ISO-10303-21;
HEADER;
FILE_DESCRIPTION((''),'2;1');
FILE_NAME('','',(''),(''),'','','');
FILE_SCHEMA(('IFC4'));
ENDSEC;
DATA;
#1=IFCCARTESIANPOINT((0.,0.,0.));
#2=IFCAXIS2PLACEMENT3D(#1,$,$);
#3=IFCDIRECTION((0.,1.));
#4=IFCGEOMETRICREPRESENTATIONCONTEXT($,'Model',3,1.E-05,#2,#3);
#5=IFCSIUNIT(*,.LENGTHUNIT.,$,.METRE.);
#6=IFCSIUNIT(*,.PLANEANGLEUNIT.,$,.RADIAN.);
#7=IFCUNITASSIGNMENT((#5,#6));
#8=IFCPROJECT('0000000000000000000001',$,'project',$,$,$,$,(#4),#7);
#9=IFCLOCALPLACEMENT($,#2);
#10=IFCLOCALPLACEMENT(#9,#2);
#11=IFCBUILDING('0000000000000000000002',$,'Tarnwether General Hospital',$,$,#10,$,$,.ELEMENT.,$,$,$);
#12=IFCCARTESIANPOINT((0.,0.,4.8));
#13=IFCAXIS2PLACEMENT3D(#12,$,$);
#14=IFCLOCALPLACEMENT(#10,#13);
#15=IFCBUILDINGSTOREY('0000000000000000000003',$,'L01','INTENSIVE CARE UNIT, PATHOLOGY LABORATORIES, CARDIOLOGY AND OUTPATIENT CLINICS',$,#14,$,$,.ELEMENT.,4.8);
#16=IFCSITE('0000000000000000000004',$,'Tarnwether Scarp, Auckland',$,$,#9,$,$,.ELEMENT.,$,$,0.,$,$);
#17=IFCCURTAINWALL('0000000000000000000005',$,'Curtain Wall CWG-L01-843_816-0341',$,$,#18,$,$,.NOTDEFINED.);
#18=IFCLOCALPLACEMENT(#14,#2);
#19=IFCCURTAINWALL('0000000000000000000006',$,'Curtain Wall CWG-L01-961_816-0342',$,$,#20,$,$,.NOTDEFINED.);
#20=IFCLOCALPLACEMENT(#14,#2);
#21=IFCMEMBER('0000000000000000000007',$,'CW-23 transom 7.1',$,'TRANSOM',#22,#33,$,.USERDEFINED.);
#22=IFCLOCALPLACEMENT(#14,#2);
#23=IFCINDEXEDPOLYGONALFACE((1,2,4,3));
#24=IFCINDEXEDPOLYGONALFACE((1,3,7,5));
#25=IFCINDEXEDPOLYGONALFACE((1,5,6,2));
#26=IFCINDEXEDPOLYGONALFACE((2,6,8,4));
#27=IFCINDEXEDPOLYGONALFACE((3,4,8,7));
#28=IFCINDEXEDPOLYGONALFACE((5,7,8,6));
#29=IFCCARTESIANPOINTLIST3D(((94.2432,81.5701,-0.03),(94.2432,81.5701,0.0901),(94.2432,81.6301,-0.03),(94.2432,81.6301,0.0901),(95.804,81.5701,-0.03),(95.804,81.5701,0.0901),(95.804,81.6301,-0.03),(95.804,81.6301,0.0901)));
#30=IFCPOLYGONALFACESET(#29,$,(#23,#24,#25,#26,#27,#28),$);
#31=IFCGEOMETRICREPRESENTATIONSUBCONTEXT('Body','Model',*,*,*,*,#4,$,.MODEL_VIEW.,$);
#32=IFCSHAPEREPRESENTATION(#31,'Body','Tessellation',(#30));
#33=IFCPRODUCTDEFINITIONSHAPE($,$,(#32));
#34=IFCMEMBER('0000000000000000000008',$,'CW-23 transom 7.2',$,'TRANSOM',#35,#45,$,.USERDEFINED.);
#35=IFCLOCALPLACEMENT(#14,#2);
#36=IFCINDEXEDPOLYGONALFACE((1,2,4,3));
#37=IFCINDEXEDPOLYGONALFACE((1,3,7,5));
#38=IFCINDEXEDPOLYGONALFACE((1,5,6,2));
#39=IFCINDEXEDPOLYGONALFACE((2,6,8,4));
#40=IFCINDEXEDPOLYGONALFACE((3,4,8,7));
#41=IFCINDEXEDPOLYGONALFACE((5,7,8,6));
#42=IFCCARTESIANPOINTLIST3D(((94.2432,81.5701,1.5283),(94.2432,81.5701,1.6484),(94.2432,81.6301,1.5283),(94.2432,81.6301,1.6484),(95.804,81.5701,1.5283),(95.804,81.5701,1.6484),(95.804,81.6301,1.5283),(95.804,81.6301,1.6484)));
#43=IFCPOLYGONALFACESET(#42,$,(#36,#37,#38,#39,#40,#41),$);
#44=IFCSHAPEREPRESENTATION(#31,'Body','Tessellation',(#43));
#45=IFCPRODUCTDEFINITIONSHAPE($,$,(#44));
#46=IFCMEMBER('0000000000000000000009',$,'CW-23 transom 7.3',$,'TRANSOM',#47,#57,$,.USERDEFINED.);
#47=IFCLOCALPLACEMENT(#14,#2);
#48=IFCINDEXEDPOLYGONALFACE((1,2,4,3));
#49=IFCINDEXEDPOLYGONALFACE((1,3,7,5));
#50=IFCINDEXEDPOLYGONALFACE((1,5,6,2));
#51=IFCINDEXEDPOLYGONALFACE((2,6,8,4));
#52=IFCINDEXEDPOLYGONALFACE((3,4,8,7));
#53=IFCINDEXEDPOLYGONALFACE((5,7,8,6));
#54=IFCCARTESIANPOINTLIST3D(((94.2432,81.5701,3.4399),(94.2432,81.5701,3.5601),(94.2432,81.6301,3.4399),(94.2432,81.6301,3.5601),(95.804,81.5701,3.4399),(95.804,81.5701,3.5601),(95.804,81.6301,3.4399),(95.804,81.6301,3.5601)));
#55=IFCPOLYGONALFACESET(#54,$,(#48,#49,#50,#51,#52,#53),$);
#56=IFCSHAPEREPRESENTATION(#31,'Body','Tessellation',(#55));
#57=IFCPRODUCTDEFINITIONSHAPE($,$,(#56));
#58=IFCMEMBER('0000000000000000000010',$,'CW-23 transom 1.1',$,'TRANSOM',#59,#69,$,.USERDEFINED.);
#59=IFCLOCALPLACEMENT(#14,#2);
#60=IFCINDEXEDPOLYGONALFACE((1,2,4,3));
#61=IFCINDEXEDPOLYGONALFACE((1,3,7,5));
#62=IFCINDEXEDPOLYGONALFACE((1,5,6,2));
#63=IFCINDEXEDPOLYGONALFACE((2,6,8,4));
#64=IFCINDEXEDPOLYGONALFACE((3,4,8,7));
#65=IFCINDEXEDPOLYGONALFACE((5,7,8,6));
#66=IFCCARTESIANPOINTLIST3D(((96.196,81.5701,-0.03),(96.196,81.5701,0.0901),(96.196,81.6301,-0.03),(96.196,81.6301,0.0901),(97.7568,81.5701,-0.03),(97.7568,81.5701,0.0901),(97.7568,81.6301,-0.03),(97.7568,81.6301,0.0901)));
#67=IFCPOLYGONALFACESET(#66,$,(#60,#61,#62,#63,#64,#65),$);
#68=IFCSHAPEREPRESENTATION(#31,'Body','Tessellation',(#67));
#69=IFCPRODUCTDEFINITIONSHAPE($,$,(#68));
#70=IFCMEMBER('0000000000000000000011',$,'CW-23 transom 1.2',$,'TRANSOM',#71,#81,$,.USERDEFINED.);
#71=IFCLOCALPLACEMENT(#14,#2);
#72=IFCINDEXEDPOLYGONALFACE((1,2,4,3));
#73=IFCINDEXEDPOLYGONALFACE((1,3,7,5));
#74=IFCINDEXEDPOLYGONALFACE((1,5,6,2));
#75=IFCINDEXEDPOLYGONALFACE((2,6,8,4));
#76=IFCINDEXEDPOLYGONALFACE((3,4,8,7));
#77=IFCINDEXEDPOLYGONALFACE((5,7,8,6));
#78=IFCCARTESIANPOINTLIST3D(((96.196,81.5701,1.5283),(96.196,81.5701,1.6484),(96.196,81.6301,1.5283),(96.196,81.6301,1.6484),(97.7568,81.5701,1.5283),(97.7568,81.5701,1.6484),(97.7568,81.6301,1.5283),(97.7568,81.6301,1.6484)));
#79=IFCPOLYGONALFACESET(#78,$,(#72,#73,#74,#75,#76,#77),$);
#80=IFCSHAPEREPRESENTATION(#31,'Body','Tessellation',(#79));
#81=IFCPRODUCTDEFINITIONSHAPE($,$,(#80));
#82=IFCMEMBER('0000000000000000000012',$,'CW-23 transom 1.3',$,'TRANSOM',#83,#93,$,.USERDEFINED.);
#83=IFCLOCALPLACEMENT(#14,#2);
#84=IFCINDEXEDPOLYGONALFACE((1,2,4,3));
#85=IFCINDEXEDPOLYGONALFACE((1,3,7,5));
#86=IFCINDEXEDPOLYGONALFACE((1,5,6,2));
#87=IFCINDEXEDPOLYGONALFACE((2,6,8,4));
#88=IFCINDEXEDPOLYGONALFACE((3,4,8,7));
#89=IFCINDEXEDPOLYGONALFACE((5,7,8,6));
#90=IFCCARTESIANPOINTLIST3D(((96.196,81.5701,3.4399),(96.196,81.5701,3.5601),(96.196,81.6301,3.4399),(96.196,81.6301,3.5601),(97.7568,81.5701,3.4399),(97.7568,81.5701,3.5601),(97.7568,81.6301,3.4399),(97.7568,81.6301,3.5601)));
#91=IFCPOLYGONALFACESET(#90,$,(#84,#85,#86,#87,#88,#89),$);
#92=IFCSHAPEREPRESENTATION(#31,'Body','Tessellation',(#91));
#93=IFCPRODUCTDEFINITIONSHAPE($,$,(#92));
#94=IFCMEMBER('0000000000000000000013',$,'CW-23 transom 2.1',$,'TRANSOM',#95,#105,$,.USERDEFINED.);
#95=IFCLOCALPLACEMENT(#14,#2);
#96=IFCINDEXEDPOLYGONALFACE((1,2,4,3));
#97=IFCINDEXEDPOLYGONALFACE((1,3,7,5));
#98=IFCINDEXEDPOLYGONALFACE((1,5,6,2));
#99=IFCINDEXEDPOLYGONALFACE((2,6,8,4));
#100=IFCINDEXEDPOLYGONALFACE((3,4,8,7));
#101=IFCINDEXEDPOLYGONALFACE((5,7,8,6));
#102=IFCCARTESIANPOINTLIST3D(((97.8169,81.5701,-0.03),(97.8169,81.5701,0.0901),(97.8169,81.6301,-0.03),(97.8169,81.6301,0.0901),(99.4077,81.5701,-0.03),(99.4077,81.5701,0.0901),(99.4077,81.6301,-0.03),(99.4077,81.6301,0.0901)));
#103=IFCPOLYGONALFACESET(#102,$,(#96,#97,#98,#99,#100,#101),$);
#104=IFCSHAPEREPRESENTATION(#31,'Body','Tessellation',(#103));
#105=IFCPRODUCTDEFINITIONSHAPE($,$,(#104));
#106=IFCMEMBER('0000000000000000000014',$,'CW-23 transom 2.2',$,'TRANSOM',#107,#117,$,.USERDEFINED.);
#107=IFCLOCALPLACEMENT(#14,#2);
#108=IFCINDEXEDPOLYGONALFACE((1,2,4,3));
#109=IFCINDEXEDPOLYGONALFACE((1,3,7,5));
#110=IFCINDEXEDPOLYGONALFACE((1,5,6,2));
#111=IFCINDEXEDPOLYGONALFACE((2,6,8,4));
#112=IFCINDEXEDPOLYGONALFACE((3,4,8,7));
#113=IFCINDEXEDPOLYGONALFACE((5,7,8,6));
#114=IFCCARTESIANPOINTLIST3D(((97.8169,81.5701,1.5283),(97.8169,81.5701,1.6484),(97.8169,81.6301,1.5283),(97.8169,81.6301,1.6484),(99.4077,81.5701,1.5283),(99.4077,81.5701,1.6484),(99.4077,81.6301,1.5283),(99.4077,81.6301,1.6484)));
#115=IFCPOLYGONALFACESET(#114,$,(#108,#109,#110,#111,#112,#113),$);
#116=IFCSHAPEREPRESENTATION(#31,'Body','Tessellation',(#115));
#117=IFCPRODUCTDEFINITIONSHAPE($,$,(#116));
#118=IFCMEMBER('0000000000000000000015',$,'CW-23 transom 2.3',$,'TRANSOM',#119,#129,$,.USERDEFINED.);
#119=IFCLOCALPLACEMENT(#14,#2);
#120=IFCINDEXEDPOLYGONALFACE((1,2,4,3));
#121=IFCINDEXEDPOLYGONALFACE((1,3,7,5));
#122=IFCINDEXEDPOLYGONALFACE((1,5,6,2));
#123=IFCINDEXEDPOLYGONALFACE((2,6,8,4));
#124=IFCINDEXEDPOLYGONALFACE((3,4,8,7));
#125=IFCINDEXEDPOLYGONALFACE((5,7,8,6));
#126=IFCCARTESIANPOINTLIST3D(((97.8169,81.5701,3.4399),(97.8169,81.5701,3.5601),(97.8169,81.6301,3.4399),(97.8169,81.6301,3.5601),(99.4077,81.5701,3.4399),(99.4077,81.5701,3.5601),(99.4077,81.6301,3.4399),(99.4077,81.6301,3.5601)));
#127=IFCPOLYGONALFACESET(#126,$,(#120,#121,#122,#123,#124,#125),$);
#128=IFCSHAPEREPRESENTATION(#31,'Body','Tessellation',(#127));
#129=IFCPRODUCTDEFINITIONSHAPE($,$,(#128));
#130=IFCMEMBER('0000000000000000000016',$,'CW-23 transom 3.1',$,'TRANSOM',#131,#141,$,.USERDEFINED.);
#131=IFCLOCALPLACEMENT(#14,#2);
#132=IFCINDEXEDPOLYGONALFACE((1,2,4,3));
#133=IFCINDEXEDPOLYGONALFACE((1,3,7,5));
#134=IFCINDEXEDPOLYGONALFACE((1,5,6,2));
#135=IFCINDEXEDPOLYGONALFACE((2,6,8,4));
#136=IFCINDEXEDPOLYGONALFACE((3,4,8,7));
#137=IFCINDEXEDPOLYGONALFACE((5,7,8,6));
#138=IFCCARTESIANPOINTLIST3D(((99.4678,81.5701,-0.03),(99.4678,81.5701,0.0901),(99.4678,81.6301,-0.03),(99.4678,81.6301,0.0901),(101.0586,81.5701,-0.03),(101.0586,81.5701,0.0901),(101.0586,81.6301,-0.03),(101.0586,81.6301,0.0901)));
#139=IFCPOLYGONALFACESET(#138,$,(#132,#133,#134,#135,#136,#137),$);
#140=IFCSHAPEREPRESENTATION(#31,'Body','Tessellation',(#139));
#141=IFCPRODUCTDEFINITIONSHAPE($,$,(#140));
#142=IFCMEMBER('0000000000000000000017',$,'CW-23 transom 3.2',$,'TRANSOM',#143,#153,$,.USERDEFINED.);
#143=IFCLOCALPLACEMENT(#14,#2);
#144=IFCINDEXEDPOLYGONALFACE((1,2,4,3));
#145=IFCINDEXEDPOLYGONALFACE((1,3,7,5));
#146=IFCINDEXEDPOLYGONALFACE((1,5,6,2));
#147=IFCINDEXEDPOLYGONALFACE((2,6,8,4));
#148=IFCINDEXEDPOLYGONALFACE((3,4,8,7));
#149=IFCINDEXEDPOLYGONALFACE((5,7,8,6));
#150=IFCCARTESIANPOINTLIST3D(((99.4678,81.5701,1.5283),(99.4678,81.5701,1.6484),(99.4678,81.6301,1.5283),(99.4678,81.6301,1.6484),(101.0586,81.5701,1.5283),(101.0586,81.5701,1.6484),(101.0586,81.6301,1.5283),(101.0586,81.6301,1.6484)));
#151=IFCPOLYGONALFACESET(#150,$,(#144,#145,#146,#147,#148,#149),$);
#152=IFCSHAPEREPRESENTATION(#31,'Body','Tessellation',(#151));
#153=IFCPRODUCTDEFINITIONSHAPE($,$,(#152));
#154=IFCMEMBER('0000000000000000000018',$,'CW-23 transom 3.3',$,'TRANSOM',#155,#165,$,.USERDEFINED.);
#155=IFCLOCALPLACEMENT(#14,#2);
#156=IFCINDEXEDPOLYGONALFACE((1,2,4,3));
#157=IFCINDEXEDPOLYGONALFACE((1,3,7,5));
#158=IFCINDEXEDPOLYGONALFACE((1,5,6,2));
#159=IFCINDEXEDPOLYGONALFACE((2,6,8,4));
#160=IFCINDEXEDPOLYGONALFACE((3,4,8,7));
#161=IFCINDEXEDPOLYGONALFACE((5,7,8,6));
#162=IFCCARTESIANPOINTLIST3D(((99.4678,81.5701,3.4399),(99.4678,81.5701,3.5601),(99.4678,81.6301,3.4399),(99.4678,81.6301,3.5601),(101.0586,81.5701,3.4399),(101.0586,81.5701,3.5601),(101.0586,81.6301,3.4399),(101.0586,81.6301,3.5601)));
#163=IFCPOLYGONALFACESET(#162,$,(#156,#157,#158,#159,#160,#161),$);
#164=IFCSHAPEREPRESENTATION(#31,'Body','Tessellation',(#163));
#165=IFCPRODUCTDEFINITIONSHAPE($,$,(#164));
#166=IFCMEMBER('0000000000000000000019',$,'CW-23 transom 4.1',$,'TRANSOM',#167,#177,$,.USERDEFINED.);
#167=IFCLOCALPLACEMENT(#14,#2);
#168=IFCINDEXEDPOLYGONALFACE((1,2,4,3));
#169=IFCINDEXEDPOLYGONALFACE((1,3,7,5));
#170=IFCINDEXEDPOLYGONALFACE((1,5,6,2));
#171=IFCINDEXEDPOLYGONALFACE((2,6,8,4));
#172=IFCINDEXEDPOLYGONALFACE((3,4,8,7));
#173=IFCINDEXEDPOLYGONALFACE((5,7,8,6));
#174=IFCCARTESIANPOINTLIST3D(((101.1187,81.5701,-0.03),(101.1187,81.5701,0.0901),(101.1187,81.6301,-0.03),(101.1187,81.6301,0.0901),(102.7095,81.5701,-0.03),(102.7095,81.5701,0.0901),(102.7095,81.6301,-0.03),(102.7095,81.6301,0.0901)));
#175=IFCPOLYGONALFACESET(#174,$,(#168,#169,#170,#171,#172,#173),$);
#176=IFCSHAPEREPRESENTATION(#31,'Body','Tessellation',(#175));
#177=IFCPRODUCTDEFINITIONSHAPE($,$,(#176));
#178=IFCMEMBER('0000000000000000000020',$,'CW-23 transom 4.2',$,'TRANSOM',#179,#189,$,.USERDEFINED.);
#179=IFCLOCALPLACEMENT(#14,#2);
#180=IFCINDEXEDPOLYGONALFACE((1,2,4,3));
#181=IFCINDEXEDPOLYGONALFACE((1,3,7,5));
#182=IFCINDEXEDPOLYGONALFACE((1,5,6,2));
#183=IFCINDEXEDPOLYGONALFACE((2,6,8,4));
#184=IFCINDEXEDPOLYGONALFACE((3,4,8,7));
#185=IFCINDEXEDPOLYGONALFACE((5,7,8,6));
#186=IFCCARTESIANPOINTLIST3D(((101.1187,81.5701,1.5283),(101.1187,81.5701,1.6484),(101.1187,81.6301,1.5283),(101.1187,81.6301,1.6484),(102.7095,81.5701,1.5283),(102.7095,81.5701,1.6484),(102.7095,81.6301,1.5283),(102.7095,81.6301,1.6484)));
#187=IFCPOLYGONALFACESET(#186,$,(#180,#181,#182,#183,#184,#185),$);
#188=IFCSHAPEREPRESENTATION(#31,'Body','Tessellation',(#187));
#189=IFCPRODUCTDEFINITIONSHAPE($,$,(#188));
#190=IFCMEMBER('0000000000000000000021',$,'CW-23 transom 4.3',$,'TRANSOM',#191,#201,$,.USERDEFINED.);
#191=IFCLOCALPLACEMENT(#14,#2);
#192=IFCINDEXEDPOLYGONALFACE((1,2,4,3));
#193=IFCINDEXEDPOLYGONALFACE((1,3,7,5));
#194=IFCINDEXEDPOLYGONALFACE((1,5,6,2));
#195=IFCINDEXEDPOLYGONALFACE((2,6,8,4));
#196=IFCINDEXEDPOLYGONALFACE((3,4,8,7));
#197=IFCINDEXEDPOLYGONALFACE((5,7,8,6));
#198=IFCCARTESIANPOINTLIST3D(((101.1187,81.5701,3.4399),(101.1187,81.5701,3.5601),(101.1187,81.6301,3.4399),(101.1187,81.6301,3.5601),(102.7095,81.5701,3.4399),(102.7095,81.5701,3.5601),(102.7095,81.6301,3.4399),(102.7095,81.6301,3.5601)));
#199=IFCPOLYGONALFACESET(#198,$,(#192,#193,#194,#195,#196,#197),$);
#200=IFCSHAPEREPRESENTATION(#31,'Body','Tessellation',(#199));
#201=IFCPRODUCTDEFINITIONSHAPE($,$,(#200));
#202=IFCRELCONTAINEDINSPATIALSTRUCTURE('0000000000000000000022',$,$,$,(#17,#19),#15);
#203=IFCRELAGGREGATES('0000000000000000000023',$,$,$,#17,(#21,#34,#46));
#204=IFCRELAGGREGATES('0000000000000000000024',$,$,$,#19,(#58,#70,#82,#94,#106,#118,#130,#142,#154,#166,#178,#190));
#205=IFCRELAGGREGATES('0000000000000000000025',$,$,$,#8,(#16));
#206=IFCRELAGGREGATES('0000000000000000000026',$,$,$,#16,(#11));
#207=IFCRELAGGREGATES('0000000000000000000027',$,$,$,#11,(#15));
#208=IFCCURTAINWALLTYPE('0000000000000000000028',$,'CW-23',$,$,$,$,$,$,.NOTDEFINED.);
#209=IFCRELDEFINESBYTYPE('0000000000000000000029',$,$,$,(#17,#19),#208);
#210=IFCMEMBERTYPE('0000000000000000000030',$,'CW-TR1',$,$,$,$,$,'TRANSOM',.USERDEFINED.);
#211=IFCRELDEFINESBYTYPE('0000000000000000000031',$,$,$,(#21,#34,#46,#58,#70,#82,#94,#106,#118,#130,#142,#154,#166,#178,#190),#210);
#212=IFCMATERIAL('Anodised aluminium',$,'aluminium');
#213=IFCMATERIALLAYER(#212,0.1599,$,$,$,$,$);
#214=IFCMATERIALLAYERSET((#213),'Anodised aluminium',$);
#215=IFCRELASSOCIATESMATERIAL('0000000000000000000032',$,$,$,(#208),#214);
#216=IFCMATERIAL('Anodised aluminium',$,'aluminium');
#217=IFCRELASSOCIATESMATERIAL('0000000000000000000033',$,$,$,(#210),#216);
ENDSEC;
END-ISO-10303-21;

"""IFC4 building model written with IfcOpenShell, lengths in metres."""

from ifc_helpers import new_model, si_unit, direction, frame, origin, origin_2d, place, context, subcontext, project, spatial, rectangle, extrude, material, layer, layer_set, material_profile, profile_set, type_object, element, aggregate, save


model = new_model("IFC4")

# Units and contexts
model_context = context("Model", 3, precision=1e-05, world=origin(), true_north=direction((0.0, 1.0)))
body_context = subcontext(model_context, "Body", "Model", "MODEL_VIEW")
ifc_project = project(units=[si_unit("LENGTHUNIT", "METRE"), si_unit("PLANEANGLEUNIT", "RADIAN")], contexts=[model_context])

# Site, building, storey
site_placement = place(None, origin())
site = spatial("IfcSite", under=ifc_project, at=site_placement, Name="Tarnwether Scarp, Auckland", CompositionType="ELEMENT", RefElevation=0.0)
building_placement = place(site_placement, origin())
building = spatial("IfcBuilding", under=site, at=building_placement, Name="Tarnwether General Hospital", CompositionType="ELEMENT")
storey_placement = place(building_placement, frame((0.0, 0.0, 4.8)))
storey = spatial("IfcBuildingStorey", under=building, at=storey_placement, Name="L01", Description="INTENSIVE CARE UNIT, PATHOLOGY LABORATORIES, CARDIOLOGY AND OUTPATIENT CLINICS", CompositionType="ELEMENT", Elevation=4.8)

# Curtain walls
ifc_material_1 = material(Name="Anodised aluminium", Category="aluminium")
ifc_layer_1 = layer(ifc_material_1, 0.1599)
ifc_layer_set_1 = layer_set([ifc_layer_1], Name="Anodised aluminium")
curtain_wall_type = type_object("IfcCurtainWallType", Name="CW-23", PredefinedType="NOTDEFINED", material=ifc_layer_set_1)
curtain_wall_1_placement = place(storey_placement, origin())
curtain_wall_1 = element("IfcCurtainWall", 1, at=curtain_wall_1_placement, inside=storey, type_object=curtain_wall_type, Name="Curtain Wall CWG-L01-843_816-0341", PredefinedType="NOTDEFINED")
curtain_wall_2_placement = place(storey_placement, origin())
curtain_wall_2 = element("IfcCurtainWall", 2, at=curtain_wall_2_placement, inside=storey, type_object=curtain_wall_type, Name="Curtain Wall CWG-L01-961_816-0342", PredefinedType="NOTDEFINED")

# Members
ifc_material_2 = material(Name="Anodised aluminium", Category="aluminium")
ifc_material_profile_1 = material_profile(ifc_material_2, rectangle(XDim=0.0601, YDim=0.1201, at=origin_2d()), Name="ALU-TRN-60x120")
ifc_profile_set_1 = profile_set([ifc_material_profile_1], Name="Anodised aluminium")
member_type_1 = type_object("IfcMemberType", Name="CW-TR1", ElementType="TRANSOM", PredefinedType="USERDEFINED", material=ifc_profile_set_1)
member_1_placement = place(storey_placement, frame((94.2432, 81.6001, 0.03), z_axis=(1.0, 0.0, 0.0), x_axis=(0.0, 1.0, 0.0)))
member_1 = element("IfcMember", 3, at=member_1_placement, type_object=member_type_1, Name="CW-23 transom 7.1", ObjectType="TRANSOM", PredefinedType="USERDEFINED", context=body_context, shape_type="SweptSolid", body=[
    extrude(rectangle(XDim=0.0601, YDim=0.1201, at=origin_2d()), origin(), (0.0, 0.0, 1.0), 1.5608),
])
member_2_placement = place(storey_placement, frame((94.2432, 81.6001, 1.5884), z_axis=(1.0, 0.0, 0.0), x_axis=(0.0, 1.0, 0.0)))
member_2 = element("IfcMember", 4, at=member_2_placement, type_object=member_type_1, Name="CW-23 transom 7.2", ObjectType="TRANSOM", PredefinedType="USERDEFINED", context=body_context, shape_type="SweptSolid", body=[
    extrude(rectangle(XDim=0.0601, YDim=0.1201, at=origin_2d()), origin(), (0.0, 0.0, 1.0), 1.5608),
])
member_3_placement = place(storey_placement, frame((94.2432, 81.6001, 3.5), z_axis=(1.0, 0.0, 0.0), x_axis=(0.0, 1.0, 0.0)))
member_3 = element("IfcMember", 5, at=member_3_placement, type_object=member_type_1, Name="CW-23 transom 7.3", ObjectType="TRANSOM", PredefinedType="USERDEFINED", context=body_context, shape_type="SweptSolid", body=[
    extrude(rectangle(XDim=0.0601, YDim=0.1201, at=origin_2d()), origin(), (0.0, 0.0, 1.0), 1.5608),
])
member_4_placement = place(storey_placement, frame((96.196, 81.6001, 0.03), z_axis=(1.0, 0.0, 0.0), x_axis=(0.0, 1.0, 0.0)))
member_4 = element("IfcMember", 6, at=member_4_placement, type_object=member_type_1, Name="CW-23 transom 1.1", ObjectType="TRANSOM", PredefinedType="USERDEFINED", context=body_context, shape_type="SweptSolid", body=[
    extrude(rectangle(XDim=0.0601, YDim=0.1201, at=origin_2d()), origin(), (0.0, 0.0, 1.0), 1.5608),
])
member_5_placement = place(storey_placement, frame((96.196, 81.6001, 1.5884), z_axis=(1.0, 0.0, 0.0), x_axis=(0.0, 1.0, 0.0)))
member_5 = element("IfcMember", 7, at=member_5_placement, type_object=member_type_1, Name="CW-23 transom 1.2", ObjectType="TRANSOM", PredefinedType="USERDEFINED", context=body_context, shape_type="SweptSolid", body=[
    extrude(rectangle(XDim=0.0601, YDim=0.1201, at=origin_2d()), origin(), (0.0, 0.0, 1.0), 1.5608),
])
member_6_placement = place(storey_placement, frame((96.196, 81.6001, 3.5), z_axis=(1.0, 0.0, 0.0), x_axis=(0.0, 1.0, 0.0)))
member_6 = element("IfcMember", 8, at=member_6_placement, type_object=member_type_1, Name="CW-23 transom 1.3", ObjectType="TRANSOM", PredefinedType="USERDEFINED", context=body_context, shape_type="SweptSolid", body=[
    extrude(rectangle(XDim=0.0601, YDim=0.1201, at=origin_2d()), origin(), (0.0, 0.0, 1.0), 1.5608),
])
member_7_placement = place(storey_placement, frame((97.8169, 81.6001, 0.03), z_axis=(1.0, 0.0, 0.0), x_axis=(0.0, 1.0, 0.0)))
member_7 = element("IfcMember", 9, at=member_7_placement, type_object=member_type_1, Name="CW-23 transom 2.1", ObjectType="TRANSOM", PredefinedType="USERDEFINED", context=body_context, shape_type="SweptSolid", body=[
    extrude(rectangle(XDim=0.0601, YDim=0.1201, at=origin_2d()), origin(), (0.0, 0.0, 1.0), 1.5908),
])
member_8_placement = place(storey_placement, frame((97.8169, 81.6001, 1.5884), z_axis=(1.0, 0.0, 0.0), x_axis=(0.0, 1.0, 0.0)))
member_8 = element("IfcMember", 10, at=member_8_placement, type_object=member_type_1, Name="CW-23 transom 2.2", ObjectType="TRANSOM", PredefinedType="USERDEFINED", context=body_context, shape_type="SweptSolid", body=[
    extrude(rectangle(XDim=0.0601, YDim=0.1201, at=origin_2d()), origin(), (0.0, 0.0, 1.0), 1.5908),
])
member_9_placement = place(storey_placement, frame((97.8169, 81.6001, 3.5), z_axis=(1.0, 0.0, 0.0), x_axis=(0.0, 1.0, 0.0)))
member_9 = element("IfcMember", 11, at=member_9_placement, type_object=member_type_1, Name="CW-23 transom 2.3", ObjectType="TRANSOM", PredefinedType="USERDEFINED", context=body_context, shape_type="SweptSolid", body=[
    extrude(rectangle(XDim=0.0601, YDim=0.1201, at=origin_2d()), origin(), (0.0, 0.0, 1.0), 1.5908),
])
member_10_placement = place(storey_placement, frame((99.4678, 81.6001, 0.03), z_axis=(1.0, 0.0, 0.0), x_axis=(0.0, 1.0, 0.0)))
member_10 = element("IfcMember", 12, at=member_10_placement, type_object=member_type_1, Name="CW-23 transom 3.1", ObjectType="TRANSOM", PredefinedType="USERDEFINED", context=body_context, shape_type="SweptSolid", body=[
    extrude(rectangle(XDim=0.0601, YDim=0.1201, at=origin_2d()), origin(), (0.0, 0.0, 1.0), 1.5908),
])
member_11_placement = place(storey_placement, frame((99.4678, 81.6001, 1.5884), z_axis=(1.0, 0.0, 0.0), x_axis=(0.0, 1.0, 0.0)))
member_11 = element("IfcMember", 13, at=member_11_placement, type_object=member_type_1, Name="CW-23 transom 3.2", ObjectType="TRANSOM", PredefinedType="USERDEFINED", context=body_context, shape_type="SweptSolid", body=[
    extrude(rectangle(XDim=0.0601, YDim=0.1201, at=origin_2d()), origin(), (0.0, 0.0, 1.0), 1.5908),
])
member_12_placement = place(storey_placement, frame((99.4678, 81.6001, 3.5), z_axis=(1.0, 0.0, 0.0), x_axis=(0.0, 1.0, 0.0)))
member_12 = element("IfcMember", 14, at=member_12_placement, type_object=member_type_1, Name="CW-23 transom 3.3", ObjectType="TRANSOM", PredefinedType="USERDEFINED", context=body_context, shape_type="SweptSolid", body=[
    extrude(rectangle(XDim=0.0601, YDim=0.1201, at=origin_2d()), origin(), (0.0, 0.0, 1.0), 1.5908),
])
member_13_placement = place(storey_placement, frame((101.1187, 81.6001, 0.03), z_axis=(1.0, 0.0, 0.0), x_axis=(0.0, 1.0, 0.0)))
member_13 = element("IfcMember", 15, at=member_13_placement, type_object=member_type_1, Name="CW-23 transom 4.1", ObjectType="TRANSOM", PredefinedType="USERDEFINED", context=body_context, shape_type="SweptSolid", body=[
    extrude(rectangle(XDim=0.0601, YDim=0.1201, at=origin_2d()), origin(), (0.0, 0.0, 1.0), 1.5908),
])
member_14_placement = place(storey_placement, frame((101.1187, 81.6001, 1.5884), z_axis=(1.0, 0.0, 0.0), x_axis=(0.0, 1.0, 0.0)))
member_14 = element("IfcMember", 16, at=member_14_placement, type_object=member_type_1, Name="CW-23 transom 4.2", ObjectType="TRANSOM", PredefinedType="USERDEFINED", context=body_context, shape_type="SweptSolid", body=[
    extrude(rectangle(XDim=0.0601, YDim=0.1201, at=origin_2d()), origin(), (0.0, 0.0, 1.0), 1.5908),
])
member_15_placement = place(storey_placement, frame((101.1187, 81.6001, 3.5), z_axis=(1.0, 0.0, 0.0), x_axis=(0.0, 1.0, 0.0)))
member_15 = element("IfcMember", 17, at=member_15_placement, type_object=member_type_1, Name="CW-23 transom 4.3", ObjectType="TRANSOM", PredefinedType="USERDEFINED", context=body_context, shape_type="SweptSolid", body=[
    extrude(rectangle(XDim=0.0601, YDim=0.1201, at=origin_2d()), origin(), (0.0, 0.0, 1.0), 1.5908),
])

aggregate(curtain_wall_1, [member_1, member_2, member_3])
aggregate(curtain_wall_2, [member_4, member_5, member_6, member_7, member_8, member_9, member_10, member_11, member_12, member_13, member_14, member_15])

save(model, "model.ifc")
